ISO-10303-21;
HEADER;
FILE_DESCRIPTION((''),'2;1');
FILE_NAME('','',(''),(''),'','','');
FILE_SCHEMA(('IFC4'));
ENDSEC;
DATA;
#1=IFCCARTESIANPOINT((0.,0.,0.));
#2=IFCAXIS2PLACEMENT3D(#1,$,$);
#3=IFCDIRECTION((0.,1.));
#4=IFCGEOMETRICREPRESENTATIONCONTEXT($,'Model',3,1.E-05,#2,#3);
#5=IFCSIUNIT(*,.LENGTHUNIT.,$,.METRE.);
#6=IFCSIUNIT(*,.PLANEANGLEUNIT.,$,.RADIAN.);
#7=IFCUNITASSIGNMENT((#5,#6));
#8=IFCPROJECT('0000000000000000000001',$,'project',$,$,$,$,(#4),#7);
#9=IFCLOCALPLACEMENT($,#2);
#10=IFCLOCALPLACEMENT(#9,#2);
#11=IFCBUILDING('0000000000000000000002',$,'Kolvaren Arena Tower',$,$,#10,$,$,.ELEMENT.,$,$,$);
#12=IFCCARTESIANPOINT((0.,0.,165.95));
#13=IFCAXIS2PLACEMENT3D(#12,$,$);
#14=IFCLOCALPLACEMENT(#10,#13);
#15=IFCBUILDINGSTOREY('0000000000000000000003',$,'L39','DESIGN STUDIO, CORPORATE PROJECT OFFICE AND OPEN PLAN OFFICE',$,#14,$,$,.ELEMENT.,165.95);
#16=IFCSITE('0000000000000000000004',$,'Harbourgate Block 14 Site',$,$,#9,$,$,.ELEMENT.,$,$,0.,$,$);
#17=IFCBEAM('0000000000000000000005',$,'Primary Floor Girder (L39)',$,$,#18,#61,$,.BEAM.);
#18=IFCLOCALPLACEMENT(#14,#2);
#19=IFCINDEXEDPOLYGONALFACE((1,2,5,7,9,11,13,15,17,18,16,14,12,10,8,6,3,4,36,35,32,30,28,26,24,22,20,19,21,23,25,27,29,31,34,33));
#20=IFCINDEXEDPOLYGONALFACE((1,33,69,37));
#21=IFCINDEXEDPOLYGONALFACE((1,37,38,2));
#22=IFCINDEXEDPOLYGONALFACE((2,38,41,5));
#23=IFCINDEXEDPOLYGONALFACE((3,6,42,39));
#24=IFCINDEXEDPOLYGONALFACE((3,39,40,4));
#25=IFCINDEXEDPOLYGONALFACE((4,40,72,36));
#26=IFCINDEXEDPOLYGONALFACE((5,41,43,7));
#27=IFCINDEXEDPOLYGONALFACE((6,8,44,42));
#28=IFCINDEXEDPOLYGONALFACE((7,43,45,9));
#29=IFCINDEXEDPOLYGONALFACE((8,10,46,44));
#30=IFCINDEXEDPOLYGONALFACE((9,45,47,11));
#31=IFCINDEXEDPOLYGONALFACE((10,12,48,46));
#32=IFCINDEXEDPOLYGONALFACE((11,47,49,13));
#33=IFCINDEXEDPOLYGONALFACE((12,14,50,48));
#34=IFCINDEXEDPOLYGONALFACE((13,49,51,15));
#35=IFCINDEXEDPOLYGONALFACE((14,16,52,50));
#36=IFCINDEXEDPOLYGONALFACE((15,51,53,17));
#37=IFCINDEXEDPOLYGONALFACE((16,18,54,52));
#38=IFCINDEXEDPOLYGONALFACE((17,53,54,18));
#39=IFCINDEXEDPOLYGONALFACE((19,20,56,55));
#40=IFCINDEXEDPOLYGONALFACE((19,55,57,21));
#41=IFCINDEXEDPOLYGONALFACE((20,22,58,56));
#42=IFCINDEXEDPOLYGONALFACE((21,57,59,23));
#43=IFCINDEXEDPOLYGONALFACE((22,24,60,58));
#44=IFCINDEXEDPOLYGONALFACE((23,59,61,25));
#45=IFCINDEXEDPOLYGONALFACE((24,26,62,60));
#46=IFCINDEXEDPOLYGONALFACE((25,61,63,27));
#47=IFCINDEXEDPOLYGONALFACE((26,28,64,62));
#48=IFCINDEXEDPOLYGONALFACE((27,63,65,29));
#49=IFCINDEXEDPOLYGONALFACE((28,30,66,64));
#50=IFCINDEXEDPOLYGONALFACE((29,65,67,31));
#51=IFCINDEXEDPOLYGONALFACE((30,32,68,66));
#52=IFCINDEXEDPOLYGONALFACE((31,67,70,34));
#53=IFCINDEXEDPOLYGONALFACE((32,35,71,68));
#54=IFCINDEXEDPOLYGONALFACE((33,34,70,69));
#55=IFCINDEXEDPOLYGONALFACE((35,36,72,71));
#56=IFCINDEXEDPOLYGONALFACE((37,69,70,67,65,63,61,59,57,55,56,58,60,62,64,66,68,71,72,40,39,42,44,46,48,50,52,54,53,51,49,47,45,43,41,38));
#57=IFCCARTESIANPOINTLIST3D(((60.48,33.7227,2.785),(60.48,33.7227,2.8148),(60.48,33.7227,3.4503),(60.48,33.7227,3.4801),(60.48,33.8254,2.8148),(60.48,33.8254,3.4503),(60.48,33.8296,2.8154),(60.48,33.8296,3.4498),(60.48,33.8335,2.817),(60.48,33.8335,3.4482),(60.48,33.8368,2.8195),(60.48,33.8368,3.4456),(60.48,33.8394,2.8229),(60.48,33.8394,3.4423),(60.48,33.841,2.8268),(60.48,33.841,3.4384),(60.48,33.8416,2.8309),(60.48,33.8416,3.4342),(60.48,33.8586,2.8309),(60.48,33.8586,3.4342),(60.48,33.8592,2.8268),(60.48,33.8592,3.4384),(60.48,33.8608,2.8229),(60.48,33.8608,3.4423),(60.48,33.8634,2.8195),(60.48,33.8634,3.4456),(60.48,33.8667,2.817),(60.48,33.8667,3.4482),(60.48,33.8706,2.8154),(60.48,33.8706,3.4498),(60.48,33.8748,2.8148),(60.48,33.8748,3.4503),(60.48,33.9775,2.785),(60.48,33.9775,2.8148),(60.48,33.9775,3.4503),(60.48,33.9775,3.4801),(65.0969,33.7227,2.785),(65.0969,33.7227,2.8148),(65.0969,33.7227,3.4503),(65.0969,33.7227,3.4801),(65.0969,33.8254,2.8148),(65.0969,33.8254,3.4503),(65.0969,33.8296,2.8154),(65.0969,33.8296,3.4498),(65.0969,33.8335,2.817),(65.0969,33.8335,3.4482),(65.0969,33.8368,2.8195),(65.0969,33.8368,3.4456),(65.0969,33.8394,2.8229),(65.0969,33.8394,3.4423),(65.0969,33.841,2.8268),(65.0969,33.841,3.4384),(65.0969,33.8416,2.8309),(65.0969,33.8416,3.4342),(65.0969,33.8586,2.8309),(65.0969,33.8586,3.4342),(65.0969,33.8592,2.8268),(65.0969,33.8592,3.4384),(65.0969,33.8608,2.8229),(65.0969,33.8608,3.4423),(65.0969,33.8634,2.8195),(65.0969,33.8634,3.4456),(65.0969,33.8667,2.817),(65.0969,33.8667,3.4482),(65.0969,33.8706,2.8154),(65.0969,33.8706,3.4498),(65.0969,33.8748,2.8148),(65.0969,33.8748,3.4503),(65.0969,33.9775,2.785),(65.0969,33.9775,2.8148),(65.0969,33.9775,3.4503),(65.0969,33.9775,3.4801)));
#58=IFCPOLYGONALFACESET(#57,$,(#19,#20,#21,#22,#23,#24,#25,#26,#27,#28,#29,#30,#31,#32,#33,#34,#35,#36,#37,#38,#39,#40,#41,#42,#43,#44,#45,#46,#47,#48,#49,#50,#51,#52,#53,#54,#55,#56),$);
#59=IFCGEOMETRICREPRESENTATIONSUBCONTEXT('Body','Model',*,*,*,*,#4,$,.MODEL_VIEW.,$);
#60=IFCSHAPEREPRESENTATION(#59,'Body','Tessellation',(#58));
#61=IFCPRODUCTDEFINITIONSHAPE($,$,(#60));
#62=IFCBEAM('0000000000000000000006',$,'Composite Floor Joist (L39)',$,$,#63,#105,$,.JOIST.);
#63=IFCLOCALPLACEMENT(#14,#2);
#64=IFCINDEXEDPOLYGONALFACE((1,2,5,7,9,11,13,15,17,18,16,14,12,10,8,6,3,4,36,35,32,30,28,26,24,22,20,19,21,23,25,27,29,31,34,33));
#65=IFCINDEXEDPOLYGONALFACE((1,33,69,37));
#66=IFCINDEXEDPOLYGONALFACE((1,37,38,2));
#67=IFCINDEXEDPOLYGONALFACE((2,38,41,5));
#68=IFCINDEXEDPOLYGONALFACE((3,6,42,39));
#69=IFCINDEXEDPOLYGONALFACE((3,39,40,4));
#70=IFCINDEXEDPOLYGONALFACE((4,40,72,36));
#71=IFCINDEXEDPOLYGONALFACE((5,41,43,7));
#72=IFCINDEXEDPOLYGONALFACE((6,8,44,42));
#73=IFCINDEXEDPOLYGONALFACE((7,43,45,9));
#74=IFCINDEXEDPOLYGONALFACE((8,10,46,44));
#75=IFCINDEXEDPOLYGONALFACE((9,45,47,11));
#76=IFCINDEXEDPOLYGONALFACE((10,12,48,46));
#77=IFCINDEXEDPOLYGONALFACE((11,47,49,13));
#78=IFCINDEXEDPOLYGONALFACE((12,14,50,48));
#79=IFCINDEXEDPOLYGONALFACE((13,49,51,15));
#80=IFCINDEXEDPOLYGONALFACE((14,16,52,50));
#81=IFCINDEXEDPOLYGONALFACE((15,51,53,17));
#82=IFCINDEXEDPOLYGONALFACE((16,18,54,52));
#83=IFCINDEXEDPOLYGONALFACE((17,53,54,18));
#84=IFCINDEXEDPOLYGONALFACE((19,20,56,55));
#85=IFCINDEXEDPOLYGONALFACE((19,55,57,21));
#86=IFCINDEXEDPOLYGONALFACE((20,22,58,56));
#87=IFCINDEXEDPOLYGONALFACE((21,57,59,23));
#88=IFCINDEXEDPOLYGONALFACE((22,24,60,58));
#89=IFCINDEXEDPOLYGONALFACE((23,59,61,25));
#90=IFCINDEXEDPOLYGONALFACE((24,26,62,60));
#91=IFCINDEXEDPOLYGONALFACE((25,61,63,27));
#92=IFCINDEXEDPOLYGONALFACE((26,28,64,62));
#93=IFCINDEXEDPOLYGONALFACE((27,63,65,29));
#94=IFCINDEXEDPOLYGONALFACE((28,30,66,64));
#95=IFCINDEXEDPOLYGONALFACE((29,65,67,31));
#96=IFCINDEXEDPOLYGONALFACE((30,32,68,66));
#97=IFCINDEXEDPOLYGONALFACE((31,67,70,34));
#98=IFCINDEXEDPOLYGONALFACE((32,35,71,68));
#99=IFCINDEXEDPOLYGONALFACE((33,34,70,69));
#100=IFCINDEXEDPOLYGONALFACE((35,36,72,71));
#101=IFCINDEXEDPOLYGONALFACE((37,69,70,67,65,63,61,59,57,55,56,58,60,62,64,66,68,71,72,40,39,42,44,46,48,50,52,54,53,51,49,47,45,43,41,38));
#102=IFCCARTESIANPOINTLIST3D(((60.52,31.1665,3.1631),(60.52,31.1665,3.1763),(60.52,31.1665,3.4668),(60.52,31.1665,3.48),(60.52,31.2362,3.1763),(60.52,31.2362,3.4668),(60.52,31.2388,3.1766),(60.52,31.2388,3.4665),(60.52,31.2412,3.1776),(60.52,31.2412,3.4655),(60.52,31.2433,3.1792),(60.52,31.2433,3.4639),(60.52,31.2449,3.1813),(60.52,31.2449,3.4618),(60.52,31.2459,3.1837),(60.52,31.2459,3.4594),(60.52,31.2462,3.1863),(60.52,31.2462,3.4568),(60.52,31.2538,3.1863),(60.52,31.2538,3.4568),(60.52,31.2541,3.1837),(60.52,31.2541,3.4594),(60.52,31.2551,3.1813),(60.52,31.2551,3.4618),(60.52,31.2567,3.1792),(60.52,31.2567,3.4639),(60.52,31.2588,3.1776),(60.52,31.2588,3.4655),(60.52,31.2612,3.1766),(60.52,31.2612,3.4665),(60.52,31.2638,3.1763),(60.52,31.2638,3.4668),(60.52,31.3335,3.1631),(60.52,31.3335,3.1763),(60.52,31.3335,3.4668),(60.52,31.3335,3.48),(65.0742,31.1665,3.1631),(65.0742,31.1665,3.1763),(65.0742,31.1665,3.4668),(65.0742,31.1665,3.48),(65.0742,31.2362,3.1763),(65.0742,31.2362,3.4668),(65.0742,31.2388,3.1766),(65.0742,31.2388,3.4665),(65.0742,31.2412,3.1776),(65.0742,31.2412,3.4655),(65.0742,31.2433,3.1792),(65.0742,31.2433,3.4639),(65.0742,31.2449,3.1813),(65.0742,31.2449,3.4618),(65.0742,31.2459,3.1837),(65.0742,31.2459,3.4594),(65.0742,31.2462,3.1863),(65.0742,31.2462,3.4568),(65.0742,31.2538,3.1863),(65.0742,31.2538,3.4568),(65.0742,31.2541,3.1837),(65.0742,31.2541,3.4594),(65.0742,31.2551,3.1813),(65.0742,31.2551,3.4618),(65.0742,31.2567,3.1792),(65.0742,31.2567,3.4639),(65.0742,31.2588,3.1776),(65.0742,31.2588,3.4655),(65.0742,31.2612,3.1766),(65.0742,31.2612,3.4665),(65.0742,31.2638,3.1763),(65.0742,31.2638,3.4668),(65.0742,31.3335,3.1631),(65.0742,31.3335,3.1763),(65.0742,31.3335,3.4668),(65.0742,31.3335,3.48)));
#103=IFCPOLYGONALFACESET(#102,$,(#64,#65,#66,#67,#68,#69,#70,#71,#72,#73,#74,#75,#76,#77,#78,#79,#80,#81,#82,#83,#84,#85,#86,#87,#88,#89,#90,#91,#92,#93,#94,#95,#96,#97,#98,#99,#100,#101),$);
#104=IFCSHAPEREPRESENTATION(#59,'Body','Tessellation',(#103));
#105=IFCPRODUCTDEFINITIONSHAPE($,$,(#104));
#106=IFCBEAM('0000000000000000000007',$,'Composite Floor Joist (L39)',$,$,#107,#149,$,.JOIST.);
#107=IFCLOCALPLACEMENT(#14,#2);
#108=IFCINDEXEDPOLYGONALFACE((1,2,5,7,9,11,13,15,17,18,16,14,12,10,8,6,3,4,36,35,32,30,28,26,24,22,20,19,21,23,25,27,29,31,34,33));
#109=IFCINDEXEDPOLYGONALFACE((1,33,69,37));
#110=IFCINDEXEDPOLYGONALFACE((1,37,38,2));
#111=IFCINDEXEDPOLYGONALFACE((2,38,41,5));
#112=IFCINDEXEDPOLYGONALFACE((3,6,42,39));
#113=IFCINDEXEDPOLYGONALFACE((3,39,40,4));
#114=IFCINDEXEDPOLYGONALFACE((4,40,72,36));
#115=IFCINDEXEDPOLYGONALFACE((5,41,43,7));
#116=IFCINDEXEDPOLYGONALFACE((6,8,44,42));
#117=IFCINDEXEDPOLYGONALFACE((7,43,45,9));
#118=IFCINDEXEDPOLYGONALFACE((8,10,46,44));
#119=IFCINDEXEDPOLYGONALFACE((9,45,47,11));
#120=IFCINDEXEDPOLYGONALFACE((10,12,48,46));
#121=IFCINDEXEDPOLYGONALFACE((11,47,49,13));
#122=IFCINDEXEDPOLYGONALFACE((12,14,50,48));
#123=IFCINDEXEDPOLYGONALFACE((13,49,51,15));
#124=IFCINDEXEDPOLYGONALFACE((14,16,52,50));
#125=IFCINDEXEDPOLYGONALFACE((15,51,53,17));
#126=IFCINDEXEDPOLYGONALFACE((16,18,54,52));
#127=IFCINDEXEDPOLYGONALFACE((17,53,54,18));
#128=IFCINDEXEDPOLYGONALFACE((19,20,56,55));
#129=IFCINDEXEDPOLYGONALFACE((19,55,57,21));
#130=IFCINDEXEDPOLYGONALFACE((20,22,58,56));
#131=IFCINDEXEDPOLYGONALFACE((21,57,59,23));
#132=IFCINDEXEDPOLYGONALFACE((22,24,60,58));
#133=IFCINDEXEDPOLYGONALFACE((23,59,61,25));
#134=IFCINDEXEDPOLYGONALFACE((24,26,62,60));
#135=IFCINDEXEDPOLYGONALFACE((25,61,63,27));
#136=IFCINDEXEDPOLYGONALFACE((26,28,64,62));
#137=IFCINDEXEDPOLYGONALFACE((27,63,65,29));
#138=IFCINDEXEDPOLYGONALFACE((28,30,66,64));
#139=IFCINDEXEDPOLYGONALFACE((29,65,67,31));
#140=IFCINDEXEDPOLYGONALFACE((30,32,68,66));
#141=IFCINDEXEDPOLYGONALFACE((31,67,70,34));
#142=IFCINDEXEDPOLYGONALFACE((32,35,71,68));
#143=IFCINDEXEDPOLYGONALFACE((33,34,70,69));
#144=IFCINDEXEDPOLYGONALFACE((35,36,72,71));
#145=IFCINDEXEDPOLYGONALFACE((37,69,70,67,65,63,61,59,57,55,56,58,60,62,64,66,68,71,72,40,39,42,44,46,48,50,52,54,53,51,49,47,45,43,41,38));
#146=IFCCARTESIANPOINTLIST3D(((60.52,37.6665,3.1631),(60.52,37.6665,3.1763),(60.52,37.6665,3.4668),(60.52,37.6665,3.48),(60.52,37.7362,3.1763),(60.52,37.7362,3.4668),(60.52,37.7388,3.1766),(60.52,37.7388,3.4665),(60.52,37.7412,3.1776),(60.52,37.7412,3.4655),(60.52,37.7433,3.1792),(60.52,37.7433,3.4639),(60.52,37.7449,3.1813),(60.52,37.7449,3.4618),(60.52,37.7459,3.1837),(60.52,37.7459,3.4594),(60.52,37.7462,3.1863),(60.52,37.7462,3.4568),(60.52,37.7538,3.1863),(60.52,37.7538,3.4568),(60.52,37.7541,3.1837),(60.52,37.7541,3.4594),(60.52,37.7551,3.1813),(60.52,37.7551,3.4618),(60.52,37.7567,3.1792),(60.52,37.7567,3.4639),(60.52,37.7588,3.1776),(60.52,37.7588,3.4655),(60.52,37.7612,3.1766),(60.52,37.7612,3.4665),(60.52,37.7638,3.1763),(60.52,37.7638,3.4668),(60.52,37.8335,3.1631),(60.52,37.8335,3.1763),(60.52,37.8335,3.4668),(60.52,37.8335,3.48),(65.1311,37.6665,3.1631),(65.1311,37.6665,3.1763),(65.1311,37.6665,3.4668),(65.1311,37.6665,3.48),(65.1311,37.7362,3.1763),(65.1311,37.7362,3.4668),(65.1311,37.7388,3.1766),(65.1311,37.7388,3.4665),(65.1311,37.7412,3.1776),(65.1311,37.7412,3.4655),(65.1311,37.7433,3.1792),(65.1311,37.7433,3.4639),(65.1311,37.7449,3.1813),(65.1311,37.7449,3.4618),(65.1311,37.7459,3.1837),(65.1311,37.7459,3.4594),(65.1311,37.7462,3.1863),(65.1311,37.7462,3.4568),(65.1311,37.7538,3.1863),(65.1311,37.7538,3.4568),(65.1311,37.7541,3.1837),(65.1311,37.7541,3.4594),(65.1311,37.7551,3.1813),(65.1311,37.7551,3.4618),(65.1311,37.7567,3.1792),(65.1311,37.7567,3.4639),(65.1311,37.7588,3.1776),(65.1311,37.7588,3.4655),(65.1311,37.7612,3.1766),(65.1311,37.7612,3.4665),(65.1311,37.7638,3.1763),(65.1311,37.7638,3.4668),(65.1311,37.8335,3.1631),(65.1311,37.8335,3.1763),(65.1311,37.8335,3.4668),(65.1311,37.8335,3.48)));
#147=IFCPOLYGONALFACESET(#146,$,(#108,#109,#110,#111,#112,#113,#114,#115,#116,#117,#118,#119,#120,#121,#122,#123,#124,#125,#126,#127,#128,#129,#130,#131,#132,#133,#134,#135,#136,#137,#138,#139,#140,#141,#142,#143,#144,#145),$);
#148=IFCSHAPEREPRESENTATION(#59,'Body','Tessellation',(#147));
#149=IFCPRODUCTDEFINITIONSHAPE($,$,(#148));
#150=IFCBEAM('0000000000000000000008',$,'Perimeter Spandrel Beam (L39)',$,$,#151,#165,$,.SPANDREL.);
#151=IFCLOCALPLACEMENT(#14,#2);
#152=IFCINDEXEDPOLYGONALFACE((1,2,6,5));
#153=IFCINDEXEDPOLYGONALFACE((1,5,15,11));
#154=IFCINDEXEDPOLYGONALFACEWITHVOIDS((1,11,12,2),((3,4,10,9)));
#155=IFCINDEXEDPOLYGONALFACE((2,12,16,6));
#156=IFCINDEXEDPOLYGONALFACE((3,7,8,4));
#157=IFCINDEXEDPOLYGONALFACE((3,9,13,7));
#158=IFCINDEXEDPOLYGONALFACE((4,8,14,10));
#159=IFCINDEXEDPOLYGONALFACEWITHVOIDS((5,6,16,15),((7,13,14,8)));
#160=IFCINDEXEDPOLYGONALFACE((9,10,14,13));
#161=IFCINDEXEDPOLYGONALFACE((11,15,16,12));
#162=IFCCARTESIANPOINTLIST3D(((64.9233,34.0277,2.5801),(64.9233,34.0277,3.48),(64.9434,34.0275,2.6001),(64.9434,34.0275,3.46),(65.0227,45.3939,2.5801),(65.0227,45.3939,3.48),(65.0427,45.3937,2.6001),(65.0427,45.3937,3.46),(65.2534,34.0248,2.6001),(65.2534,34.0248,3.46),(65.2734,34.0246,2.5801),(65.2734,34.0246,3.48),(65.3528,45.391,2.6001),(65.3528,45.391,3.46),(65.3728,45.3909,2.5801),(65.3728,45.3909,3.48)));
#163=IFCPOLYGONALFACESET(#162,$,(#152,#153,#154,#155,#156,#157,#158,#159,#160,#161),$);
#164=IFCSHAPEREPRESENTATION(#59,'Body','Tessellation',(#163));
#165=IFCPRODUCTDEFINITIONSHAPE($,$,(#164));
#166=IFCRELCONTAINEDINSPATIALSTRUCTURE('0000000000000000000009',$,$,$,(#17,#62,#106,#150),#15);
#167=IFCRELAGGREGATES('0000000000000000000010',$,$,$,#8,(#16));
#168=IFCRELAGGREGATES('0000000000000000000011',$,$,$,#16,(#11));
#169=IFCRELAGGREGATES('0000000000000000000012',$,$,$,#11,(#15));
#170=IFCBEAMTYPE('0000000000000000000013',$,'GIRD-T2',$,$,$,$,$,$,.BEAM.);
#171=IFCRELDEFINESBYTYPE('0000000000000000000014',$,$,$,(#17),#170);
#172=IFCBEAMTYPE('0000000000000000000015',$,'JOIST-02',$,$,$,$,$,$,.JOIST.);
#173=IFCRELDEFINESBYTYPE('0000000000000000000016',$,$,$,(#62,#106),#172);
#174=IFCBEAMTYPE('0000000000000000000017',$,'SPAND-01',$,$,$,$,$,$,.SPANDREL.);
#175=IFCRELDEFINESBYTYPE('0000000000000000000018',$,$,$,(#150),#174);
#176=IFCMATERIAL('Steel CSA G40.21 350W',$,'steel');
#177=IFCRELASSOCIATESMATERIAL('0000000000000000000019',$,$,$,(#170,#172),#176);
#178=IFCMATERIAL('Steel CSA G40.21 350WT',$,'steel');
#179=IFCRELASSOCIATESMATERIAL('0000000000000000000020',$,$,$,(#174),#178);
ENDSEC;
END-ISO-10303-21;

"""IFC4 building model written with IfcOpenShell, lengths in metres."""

from ifc_helpers import new_model, si_unit, direction, frame, origin, origin_2d, place, context, subcontext, project, spatial, hollow_rectangle, i_section, extrude, material, material_profile, profile_set, type_object, element, save


model = new_model("IFC4")

# Units and contexts
model_context = context("Model", 3, precision=1e-05, world=origin(), true_north=direction((0.0, 1.0)))
body_context = subcontext(model_context, "Body", "Model", "MODEL_VIEW")
ifc_project = project(units=[si_unit("LENGTHUNIT", "METRE"), si_unit("PLANEANGLEUNIT", "RADIAN")], contexts=[model_context])

# Site, building, storey
site_placement = place(None, origin())
site = spatial("IfcSite", under=ifc_project, at=site_placement, Name="Harbourgate Block 14 Site", CompositionType="ELEMENT", RefElevation=0.0)
building_placement = place(site_placement, origin())
building = spatial("IfcBuilding", under=site, at=building_placement, Name="Kolvaren Arena Tower", CompositionType="ELEMENT")
storey_placement = place(building_placement, frame((0.0, 0.0, 165.95)))
storey = spatial("IfcBuildingStorey", under=building, at=storey_placement, Name="L39", Description="DESIGN STUDIO, CORPORATE PROJECT OFFICE AND OPEN PLAN OFFICE", CompositionType="ELEMENT", Elevation=165.95)

# Beams
ifc_material_1 = material(Name="Steel CSA G40.21 350W", Category="steel")
ifc_material_profile_1 = material_profile(ifc_material_1, i_section(OverallWidth=0.2549, OverallDepth=0.6951, WebThickness=0.0171, FlangeThickness=0.0298, FilletRadius=0.0161, at=origin_2d()), Name="W690x217")
ifc_profile_set_1 = profile_set([ifc_material_profile_1], Name="Steel CSA G40.21 350W")
beam_type_1 = type_object("IfcBeamType", Name="GIRD-T2", PredefinedType="BEAM", material=ifc_profile_set_1)
beam_1_placement = place(storey_placement, frame((60.48, 33.8501, 3.1326), z_axis=(1.0, 0.0, 0.0), x_axis=(0.0, 1.0, 0.0)))
element("IfcBeam", 1, at=beam_1_placement, inside=storey, type_object=beam_type_1, Name="Primary Floor Girder (L39)", PredefinedType="BEAM", context=body_context, shape_type="SweptSolid", body=[
    extrude(i_section(OverallWidth=0.2549, OverallDepth=0.6951, WebThickness=0.0171, FlangeThickness=0.0298, FilletRadius=0.0161, at=origin_2d()), origin(), (0.0, 0.0, 1.0), 4.6169),
])
ifc_material_profile_2 = material_profile(ifc_material_1, i_section(OverallWidth=0.167, OverallDepth=0.3169, WebThickness=0.0076, FlangeThickness=0.0132, FilletRadius=0.01, at=origin_2d()), Name="W310x52")
ifc_profile_set_2 = profile_set([ifc_material_profile_2], Name="Steel CSA G40.21 350W")
beam_type_2 = type_object("IfcBeamType", Name="JOIST-02", PredefinedType="JOIST", material=ifc_profile_set_2)
beam_2_placement = place(storey_placement, frame((60.52, 31.25, 3.3215), z_axis=(1.0, 0.0, 0.0), x_axis=(0.0, 1.0, 0.0)))
element("IfcBeam", 2, at=beam_2_placement, inside=storey, type_object=beam_type_2, Name="Composite Floor Joist (L39)", PredefinedType="JOIST", context=body_context, shape_type="SweptSolid", body=[
    extrude(i_section(OverallWidth=0.167, OverallDepth=0.3169, WebThickness=0.0076, FlangeThickness=0.0132, FilletRadius=0.01, at=origin_2d()), origin(), (0.0, 0.0, 1.0), 4.5542),
])
beam_3_placement = place(storey_placement, frame((60.52, 37.75, 3.3215), z_axis=(1.0, 0.0, 0.0), x_axis=(0.0, 1.0, 0.0)))
element("IfcBeam", 3, at=beam_3_placement, inside=storey, type_object=beam_type_2, Name="Composite Floor Joist (L39)", PredefinedType="JOIST", context=body_context, shape_type="SweptSolid", body=[
    extrude(i_section(OverallWidth=0.167, OverallDepth=0.3169, WebThickness=0.0076, FlangeThickness=0.0132, FilletRadius=0.01, at=origin_2d()), origin(), (0.0, 0.0, 1.0), 4.6111),
])
ifc_material_2 = material(Name="Steel CSA G40.21 350WT", Category="steel")
ifc_material_profile_3 = material_profile(ifc_material_2, hollow_rectangle(XDim=0.3501, YDim=0.8999, WallThickness=0.02, at=origin_2d()), Name="HSS 900x350x20")
ifc_profile_set_3 = profile_set([ifc_material_profile_3], Name="Steel CSA G40.21 350WT")
beam_type_3 = type_object("IfcBeamType", Name="SPAND-01", PredefinedType="SPANDREL", material=ifc_profile_set_3)
beam_4_placement = place(storey_placement, frame((65.0984, 34.0261, 3.03), z_axis=(0.008742, 0.999962, 0.0), x_axis=(-0.999962, 0.008742, 0.0)))
element("IfcBeam", 4, at=beam_4_placement, inside=storey, type_object=beam_type_3, Name="Perimeter Spandrel Beam (L39)", PredefinedType="SPANDREL", context=body_context, shape_type="SweptSolid", body=[
    extrude(hollow_rectangle(XDim=0.3501, YDim=0.8999, WallThickness=0.02, at=origin_2d()), origin(), (0.0, 0.0, 1.0), 11.3667),
])

save(model, "model.ifc")
